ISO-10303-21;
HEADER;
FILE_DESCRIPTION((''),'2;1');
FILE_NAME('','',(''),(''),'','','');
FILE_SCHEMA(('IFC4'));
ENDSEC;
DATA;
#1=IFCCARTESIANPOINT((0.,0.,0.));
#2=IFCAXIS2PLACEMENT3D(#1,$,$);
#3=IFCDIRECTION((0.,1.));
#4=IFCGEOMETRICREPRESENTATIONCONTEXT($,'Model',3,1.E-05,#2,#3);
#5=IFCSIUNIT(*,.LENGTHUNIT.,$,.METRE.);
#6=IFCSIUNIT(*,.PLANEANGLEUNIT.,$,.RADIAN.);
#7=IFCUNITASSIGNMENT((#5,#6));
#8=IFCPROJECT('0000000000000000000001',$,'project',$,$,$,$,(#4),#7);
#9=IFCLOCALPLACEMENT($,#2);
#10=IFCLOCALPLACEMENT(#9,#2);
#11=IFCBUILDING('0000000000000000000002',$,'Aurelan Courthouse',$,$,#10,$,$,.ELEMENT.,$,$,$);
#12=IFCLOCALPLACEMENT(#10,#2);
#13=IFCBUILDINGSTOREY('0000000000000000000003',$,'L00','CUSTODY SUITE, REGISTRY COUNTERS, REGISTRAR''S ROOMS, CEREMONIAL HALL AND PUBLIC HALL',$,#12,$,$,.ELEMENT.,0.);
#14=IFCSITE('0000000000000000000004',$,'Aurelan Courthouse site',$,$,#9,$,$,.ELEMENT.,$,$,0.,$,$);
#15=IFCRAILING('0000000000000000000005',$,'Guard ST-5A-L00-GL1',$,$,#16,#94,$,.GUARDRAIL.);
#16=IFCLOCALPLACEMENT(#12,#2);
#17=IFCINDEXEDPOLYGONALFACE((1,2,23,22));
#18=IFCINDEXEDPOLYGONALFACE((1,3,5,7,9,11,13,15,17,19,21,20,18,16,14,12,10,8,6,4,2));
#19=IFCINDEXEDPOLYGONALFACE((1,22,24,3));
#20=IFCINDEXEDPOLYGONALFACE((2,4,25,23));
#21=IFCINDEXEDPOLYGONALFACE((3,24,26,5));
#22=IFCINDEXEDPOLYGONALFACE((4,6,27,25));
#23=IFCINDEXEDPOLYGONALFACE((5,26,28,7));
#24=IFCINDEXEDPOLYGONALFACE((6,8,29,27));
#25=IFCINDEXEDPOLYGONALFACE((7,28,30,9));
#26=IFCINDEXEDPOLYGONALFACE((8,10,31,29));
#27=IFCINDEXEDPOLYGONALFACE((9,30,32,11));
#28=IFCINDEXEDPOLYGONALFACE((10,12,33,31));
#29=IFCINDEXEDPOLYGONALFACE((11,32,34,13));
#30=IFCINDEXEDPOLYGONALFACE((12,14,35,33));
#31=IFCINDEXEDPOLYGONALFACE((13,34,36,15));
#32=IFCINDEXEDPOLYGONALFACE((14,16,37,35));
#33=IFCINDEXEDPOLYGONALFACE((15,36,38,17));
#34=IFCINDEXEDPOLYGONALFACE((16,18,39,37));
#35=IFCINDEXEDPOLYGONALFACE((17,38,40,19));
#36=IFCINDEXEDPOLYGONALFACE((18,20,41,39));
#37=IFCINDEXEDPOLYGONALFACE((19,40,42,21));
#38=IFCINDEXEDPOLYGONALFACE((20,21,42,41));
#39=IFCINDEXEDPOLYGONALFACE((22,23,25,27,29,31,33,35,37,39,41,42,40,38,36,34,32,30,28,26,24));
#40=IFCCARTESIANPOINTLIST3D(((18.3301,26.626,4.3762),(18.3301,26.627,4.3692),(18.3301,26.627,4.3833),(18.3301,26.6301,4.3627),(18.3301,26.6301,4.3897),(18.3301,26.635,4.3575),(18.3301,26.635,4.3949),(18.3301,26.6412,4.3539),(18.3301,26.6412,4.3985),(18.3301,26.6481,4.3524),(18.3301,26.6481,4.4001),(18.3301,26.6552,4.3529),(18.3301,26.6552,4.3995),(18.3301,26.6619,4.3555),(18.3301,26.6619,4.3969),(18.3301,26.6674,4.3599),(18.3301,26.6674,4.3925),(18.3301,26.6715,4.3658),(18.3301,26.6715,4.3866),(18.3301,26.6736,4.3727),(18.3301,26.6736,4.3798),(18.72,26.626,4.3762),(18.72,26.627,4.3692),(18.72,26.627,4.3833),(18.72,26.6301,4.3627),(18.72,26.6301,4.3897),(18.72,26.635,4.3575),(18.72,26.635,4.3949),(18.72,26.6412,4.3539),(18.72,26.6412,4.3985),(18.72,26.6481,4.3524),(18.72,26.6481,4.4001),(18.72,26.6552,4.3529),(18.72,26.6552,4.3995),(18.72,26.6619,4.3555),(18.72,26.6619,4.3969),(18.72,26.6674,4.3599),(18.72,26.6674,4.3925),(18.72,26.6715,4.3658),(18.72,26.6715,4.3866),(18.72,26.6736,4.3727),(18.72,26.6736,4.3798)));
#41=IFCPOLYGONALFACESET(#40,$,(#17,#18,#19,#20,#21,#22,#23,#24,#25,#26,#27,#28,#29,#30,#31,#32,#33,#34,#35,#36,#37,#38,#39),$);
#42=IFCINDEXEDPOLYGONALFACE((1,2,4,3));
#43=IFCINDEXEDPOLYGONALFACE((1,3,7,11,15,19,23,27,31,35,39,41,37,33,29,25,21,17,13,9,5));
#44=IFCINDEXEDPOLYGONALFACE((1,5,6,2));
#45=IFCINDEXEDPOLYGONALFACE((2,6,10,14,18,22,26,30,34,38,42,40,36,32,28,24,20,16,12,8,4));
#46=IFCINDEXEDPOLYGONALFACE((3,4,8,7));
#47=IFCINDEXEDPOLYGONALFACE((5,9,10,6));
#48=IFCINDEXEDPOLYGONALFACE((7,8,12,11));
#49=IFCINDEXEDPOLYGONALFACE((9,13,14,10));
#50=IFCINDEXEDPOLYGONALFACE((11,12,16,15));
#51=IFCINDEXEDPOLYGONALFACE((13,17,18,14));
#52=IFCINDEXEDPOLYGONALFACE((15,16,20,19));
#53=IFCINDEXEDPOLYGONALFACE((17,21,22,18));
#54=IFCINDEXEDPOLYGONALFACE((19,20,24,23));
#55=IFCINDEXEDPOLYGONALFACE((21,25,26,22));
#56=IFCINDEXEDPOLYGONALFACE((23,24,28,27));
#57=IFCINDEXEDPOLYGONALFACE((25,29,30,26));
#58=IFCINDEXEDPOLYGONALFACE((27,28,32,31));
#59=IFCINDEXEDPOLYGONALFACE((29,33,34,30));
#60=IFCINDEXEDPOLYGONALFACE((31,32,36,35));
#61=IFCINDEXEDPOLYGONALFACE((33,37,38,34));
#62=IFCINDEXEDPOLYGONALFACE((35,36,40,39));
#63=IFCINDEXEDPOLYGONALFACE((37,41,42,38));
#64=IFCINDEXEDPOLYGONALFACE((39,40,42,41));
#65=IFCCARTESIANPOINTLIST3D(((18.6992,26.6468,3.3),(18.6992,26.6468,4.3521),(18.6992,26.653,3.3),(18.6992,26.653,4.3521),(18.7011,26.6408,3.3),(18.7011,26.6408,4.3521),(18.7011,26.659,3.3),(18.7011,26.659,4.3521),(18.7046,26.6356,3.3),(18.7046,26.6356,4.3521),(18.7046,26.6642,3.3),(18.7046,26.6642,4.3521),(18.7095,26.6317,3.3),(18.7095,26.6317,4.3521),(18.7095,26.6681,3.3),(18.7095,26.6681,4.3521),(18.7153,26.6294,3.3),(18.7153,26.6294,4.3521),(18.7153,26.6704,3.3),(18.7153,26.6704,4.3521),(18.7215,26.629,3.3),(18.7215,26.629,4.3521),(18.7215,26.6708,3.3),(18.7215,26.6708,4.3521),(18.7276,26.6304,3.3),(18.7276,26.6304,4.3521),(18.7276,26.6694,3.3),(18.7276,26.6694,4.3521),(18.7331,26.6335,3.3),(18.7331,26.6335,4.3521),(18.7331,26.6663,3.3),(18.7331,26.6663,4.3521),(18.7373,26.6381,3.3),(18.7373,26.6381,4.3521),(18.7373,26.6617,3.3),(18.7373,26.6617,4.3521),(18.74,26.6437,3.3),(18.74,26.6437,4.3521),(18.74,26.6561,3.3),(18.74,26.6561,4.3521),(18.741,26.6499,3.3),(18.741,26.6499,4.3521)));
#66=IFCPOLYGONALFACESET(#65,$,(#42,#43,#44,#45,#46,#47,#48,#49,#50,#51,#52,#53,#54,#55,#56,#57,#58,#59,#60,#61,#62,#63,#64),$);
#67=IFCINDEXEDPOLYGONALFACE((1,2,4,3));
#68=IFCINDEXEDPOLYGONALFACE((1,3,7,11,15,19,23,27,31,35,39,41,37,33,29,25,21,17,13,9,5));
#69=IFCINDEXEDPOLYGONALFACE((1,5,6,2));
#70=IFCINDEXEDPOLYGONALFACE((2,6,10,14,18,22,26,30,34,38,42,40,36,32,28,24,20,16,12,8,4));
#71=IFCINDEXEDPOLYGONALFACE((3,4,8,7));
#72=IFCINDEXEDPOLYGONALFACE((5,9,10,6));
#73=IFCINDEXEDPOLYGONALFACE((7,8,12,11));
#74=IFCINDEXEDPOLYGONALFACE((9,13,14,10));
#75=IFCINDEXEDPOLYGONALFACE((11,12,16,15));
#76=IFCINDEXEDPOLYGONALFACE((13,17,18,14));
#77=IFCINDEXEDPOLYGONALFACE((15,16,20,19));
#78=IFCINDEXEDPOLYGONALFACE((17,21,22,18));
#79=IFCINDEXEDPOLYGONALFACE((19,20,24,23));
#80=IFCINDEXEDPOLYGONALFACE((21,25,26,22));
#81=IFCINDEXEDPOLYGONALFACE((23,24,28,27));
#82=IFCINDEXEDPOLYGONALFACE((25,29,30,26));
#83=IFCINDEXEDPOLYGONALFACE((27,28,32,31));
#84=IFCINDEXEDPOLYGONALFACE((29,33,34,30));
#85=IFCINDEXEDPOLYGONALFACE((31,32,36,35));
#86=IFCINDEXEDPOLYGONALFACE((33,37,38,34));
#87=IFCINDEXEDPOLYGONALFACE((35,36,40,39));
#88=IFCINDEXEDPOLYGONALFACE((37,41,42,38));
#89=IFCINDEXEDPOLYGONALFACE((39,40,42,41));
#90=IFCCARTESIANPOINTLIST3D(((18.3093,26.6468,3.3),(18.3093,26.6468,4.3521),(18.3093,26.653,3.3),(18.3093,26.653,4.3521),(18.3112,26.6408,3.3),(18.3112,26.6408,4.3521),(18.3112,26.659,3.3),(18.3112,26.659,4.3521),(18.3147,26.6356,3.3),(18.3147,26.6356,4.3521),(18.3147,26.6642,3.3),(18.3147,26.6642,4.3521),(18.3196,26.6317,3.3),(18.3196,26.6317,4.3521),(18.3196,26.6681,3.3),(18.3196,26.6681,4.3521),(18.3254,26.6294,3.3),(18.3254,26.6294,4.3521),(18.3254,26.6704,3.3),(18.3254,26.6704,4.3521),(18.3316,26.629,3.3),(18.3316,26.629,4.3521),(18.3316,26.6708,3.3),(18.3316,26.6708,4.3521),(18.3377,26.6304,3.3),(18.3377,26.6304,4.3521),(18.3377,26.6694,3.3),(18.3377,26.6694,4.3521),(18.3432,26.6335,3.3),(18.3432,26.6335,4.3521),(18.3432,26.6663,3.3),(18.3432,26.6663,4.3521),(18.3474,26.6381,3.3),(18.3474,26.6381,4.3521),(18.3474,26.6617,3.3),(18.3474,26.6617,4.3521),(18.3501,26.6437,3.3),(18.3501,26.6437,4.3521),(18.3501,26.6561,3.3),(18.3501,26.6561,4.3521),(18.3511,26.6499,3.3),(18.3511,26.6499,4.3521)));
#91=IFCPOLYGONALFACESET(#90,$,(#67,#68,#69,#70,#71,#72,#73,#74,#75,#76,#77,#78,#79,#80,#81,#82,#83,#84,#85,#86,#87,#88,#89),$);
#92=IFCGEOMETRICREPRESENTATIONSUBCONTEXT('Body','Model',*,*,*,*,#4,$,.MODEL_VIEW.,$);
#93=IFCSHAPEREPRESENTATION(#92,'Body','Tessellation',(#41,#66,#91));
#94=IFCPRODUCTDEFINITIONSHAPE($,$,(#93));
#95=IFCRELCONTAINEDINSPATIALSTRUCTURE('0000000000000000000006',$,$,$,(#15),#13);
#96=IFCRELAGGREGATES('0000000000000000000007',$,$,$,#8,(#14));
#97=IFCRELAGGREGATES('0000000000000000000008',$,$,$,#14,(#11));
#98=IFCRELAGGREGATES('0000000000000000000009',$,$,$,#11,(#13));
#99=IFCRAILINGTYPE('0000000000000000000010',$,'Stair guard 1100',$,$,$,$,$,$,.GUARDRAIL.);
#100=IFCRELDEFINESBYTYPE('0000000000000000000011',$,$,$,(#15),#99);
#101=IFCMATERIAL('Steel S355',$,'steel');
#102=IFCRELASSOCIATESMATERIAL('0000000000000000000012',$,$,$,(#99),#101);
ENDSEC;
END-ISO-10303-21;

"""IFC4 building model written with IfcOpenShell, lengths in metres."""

from ifc_helpers import new_model, si_unit, direction, frame, origin, origin_2d, place, context, subcontext, project, spatial, circle, extrude, material, type_object, element, save


model = new_model("IFC4")

# Units and contexts
model_context = context("Model", 3, precision=1e-05, world=origin(), true_north=direction((0.0, 1.0)))
body_context = subcontext(model_context, "Body", "Model", "MODEL_VIEW")
ifc_project = project(units=[si_unit("LENGTHUNIT", "METRE"), si_unit("PLANEANGLEUNIT", "RADIAN")], contexts=[model_context])

# Site, building, storey
site_placement = place(None, origin())
site = spatial("IfcSite", under=ifc_project, at=site_placement, Name="Aurelan Courthouse site", CompositionType="ELEMENT", RefElevation=0.0)
building_placement = place(site_placement, origin())
building = spatial("IfcBuilding", under=site, at=building_placement, Name="Aurelan Courthouse", CompositionType="ELEMENT")
storey_placement = place(building_placement, origin())
storey = spatial("IfcBuildingStorey", under=building, at=storey_placement, Name="L00", Description="CUSTODY SUITE, REGISTRY COUNTERS, REGISTRAR'S ROOMS, CEREMONIAL HALL AND PUBLIC HALL", CompositionType="ELEMENT", Elevation=0.0)

# Railing
ifc_material_1 = material(Name="Steel S355", Category="steel")
railing_type_1 = type_object("IfcRailingType", Name="Stair guard 1100", PredefinedType="GUARDRAIL", material=ifc_material_1)
railing_1_placement = place(storey_placement, frame((18.72, 26.6499, 3.3)))
element("IfcRailing", 1, at=railing_1_placement, inside=storey, type_object=railing_type_1, Name="Guard ST-5A-L00-GL1", PredefinedType="GUARDRAIL", context=body_context, shape_type="SweptSolid", body=[
    extrude(circle(Radius=0.0239, at=origin_2d()), frame((0.0, 0.0, 1.0762), z_axis=(-1.0, 0.0, 0.0), x_axis=(0.0, -1.0, 0.0)), (0.0, 0.0, 1.0), 0.3899),
    extrude(circle(Radius=0.021, at=origin_2d()), origin(), (0.0, 0.0, 1.0), 1.052),
    extrude(circle(Radius=0.021, at=origin_2d()), frame((-0.3899, 0.0, 0.0)), (0.0, 0.0, 1.0), 1.052),
])

save(model, "model.ifc")
